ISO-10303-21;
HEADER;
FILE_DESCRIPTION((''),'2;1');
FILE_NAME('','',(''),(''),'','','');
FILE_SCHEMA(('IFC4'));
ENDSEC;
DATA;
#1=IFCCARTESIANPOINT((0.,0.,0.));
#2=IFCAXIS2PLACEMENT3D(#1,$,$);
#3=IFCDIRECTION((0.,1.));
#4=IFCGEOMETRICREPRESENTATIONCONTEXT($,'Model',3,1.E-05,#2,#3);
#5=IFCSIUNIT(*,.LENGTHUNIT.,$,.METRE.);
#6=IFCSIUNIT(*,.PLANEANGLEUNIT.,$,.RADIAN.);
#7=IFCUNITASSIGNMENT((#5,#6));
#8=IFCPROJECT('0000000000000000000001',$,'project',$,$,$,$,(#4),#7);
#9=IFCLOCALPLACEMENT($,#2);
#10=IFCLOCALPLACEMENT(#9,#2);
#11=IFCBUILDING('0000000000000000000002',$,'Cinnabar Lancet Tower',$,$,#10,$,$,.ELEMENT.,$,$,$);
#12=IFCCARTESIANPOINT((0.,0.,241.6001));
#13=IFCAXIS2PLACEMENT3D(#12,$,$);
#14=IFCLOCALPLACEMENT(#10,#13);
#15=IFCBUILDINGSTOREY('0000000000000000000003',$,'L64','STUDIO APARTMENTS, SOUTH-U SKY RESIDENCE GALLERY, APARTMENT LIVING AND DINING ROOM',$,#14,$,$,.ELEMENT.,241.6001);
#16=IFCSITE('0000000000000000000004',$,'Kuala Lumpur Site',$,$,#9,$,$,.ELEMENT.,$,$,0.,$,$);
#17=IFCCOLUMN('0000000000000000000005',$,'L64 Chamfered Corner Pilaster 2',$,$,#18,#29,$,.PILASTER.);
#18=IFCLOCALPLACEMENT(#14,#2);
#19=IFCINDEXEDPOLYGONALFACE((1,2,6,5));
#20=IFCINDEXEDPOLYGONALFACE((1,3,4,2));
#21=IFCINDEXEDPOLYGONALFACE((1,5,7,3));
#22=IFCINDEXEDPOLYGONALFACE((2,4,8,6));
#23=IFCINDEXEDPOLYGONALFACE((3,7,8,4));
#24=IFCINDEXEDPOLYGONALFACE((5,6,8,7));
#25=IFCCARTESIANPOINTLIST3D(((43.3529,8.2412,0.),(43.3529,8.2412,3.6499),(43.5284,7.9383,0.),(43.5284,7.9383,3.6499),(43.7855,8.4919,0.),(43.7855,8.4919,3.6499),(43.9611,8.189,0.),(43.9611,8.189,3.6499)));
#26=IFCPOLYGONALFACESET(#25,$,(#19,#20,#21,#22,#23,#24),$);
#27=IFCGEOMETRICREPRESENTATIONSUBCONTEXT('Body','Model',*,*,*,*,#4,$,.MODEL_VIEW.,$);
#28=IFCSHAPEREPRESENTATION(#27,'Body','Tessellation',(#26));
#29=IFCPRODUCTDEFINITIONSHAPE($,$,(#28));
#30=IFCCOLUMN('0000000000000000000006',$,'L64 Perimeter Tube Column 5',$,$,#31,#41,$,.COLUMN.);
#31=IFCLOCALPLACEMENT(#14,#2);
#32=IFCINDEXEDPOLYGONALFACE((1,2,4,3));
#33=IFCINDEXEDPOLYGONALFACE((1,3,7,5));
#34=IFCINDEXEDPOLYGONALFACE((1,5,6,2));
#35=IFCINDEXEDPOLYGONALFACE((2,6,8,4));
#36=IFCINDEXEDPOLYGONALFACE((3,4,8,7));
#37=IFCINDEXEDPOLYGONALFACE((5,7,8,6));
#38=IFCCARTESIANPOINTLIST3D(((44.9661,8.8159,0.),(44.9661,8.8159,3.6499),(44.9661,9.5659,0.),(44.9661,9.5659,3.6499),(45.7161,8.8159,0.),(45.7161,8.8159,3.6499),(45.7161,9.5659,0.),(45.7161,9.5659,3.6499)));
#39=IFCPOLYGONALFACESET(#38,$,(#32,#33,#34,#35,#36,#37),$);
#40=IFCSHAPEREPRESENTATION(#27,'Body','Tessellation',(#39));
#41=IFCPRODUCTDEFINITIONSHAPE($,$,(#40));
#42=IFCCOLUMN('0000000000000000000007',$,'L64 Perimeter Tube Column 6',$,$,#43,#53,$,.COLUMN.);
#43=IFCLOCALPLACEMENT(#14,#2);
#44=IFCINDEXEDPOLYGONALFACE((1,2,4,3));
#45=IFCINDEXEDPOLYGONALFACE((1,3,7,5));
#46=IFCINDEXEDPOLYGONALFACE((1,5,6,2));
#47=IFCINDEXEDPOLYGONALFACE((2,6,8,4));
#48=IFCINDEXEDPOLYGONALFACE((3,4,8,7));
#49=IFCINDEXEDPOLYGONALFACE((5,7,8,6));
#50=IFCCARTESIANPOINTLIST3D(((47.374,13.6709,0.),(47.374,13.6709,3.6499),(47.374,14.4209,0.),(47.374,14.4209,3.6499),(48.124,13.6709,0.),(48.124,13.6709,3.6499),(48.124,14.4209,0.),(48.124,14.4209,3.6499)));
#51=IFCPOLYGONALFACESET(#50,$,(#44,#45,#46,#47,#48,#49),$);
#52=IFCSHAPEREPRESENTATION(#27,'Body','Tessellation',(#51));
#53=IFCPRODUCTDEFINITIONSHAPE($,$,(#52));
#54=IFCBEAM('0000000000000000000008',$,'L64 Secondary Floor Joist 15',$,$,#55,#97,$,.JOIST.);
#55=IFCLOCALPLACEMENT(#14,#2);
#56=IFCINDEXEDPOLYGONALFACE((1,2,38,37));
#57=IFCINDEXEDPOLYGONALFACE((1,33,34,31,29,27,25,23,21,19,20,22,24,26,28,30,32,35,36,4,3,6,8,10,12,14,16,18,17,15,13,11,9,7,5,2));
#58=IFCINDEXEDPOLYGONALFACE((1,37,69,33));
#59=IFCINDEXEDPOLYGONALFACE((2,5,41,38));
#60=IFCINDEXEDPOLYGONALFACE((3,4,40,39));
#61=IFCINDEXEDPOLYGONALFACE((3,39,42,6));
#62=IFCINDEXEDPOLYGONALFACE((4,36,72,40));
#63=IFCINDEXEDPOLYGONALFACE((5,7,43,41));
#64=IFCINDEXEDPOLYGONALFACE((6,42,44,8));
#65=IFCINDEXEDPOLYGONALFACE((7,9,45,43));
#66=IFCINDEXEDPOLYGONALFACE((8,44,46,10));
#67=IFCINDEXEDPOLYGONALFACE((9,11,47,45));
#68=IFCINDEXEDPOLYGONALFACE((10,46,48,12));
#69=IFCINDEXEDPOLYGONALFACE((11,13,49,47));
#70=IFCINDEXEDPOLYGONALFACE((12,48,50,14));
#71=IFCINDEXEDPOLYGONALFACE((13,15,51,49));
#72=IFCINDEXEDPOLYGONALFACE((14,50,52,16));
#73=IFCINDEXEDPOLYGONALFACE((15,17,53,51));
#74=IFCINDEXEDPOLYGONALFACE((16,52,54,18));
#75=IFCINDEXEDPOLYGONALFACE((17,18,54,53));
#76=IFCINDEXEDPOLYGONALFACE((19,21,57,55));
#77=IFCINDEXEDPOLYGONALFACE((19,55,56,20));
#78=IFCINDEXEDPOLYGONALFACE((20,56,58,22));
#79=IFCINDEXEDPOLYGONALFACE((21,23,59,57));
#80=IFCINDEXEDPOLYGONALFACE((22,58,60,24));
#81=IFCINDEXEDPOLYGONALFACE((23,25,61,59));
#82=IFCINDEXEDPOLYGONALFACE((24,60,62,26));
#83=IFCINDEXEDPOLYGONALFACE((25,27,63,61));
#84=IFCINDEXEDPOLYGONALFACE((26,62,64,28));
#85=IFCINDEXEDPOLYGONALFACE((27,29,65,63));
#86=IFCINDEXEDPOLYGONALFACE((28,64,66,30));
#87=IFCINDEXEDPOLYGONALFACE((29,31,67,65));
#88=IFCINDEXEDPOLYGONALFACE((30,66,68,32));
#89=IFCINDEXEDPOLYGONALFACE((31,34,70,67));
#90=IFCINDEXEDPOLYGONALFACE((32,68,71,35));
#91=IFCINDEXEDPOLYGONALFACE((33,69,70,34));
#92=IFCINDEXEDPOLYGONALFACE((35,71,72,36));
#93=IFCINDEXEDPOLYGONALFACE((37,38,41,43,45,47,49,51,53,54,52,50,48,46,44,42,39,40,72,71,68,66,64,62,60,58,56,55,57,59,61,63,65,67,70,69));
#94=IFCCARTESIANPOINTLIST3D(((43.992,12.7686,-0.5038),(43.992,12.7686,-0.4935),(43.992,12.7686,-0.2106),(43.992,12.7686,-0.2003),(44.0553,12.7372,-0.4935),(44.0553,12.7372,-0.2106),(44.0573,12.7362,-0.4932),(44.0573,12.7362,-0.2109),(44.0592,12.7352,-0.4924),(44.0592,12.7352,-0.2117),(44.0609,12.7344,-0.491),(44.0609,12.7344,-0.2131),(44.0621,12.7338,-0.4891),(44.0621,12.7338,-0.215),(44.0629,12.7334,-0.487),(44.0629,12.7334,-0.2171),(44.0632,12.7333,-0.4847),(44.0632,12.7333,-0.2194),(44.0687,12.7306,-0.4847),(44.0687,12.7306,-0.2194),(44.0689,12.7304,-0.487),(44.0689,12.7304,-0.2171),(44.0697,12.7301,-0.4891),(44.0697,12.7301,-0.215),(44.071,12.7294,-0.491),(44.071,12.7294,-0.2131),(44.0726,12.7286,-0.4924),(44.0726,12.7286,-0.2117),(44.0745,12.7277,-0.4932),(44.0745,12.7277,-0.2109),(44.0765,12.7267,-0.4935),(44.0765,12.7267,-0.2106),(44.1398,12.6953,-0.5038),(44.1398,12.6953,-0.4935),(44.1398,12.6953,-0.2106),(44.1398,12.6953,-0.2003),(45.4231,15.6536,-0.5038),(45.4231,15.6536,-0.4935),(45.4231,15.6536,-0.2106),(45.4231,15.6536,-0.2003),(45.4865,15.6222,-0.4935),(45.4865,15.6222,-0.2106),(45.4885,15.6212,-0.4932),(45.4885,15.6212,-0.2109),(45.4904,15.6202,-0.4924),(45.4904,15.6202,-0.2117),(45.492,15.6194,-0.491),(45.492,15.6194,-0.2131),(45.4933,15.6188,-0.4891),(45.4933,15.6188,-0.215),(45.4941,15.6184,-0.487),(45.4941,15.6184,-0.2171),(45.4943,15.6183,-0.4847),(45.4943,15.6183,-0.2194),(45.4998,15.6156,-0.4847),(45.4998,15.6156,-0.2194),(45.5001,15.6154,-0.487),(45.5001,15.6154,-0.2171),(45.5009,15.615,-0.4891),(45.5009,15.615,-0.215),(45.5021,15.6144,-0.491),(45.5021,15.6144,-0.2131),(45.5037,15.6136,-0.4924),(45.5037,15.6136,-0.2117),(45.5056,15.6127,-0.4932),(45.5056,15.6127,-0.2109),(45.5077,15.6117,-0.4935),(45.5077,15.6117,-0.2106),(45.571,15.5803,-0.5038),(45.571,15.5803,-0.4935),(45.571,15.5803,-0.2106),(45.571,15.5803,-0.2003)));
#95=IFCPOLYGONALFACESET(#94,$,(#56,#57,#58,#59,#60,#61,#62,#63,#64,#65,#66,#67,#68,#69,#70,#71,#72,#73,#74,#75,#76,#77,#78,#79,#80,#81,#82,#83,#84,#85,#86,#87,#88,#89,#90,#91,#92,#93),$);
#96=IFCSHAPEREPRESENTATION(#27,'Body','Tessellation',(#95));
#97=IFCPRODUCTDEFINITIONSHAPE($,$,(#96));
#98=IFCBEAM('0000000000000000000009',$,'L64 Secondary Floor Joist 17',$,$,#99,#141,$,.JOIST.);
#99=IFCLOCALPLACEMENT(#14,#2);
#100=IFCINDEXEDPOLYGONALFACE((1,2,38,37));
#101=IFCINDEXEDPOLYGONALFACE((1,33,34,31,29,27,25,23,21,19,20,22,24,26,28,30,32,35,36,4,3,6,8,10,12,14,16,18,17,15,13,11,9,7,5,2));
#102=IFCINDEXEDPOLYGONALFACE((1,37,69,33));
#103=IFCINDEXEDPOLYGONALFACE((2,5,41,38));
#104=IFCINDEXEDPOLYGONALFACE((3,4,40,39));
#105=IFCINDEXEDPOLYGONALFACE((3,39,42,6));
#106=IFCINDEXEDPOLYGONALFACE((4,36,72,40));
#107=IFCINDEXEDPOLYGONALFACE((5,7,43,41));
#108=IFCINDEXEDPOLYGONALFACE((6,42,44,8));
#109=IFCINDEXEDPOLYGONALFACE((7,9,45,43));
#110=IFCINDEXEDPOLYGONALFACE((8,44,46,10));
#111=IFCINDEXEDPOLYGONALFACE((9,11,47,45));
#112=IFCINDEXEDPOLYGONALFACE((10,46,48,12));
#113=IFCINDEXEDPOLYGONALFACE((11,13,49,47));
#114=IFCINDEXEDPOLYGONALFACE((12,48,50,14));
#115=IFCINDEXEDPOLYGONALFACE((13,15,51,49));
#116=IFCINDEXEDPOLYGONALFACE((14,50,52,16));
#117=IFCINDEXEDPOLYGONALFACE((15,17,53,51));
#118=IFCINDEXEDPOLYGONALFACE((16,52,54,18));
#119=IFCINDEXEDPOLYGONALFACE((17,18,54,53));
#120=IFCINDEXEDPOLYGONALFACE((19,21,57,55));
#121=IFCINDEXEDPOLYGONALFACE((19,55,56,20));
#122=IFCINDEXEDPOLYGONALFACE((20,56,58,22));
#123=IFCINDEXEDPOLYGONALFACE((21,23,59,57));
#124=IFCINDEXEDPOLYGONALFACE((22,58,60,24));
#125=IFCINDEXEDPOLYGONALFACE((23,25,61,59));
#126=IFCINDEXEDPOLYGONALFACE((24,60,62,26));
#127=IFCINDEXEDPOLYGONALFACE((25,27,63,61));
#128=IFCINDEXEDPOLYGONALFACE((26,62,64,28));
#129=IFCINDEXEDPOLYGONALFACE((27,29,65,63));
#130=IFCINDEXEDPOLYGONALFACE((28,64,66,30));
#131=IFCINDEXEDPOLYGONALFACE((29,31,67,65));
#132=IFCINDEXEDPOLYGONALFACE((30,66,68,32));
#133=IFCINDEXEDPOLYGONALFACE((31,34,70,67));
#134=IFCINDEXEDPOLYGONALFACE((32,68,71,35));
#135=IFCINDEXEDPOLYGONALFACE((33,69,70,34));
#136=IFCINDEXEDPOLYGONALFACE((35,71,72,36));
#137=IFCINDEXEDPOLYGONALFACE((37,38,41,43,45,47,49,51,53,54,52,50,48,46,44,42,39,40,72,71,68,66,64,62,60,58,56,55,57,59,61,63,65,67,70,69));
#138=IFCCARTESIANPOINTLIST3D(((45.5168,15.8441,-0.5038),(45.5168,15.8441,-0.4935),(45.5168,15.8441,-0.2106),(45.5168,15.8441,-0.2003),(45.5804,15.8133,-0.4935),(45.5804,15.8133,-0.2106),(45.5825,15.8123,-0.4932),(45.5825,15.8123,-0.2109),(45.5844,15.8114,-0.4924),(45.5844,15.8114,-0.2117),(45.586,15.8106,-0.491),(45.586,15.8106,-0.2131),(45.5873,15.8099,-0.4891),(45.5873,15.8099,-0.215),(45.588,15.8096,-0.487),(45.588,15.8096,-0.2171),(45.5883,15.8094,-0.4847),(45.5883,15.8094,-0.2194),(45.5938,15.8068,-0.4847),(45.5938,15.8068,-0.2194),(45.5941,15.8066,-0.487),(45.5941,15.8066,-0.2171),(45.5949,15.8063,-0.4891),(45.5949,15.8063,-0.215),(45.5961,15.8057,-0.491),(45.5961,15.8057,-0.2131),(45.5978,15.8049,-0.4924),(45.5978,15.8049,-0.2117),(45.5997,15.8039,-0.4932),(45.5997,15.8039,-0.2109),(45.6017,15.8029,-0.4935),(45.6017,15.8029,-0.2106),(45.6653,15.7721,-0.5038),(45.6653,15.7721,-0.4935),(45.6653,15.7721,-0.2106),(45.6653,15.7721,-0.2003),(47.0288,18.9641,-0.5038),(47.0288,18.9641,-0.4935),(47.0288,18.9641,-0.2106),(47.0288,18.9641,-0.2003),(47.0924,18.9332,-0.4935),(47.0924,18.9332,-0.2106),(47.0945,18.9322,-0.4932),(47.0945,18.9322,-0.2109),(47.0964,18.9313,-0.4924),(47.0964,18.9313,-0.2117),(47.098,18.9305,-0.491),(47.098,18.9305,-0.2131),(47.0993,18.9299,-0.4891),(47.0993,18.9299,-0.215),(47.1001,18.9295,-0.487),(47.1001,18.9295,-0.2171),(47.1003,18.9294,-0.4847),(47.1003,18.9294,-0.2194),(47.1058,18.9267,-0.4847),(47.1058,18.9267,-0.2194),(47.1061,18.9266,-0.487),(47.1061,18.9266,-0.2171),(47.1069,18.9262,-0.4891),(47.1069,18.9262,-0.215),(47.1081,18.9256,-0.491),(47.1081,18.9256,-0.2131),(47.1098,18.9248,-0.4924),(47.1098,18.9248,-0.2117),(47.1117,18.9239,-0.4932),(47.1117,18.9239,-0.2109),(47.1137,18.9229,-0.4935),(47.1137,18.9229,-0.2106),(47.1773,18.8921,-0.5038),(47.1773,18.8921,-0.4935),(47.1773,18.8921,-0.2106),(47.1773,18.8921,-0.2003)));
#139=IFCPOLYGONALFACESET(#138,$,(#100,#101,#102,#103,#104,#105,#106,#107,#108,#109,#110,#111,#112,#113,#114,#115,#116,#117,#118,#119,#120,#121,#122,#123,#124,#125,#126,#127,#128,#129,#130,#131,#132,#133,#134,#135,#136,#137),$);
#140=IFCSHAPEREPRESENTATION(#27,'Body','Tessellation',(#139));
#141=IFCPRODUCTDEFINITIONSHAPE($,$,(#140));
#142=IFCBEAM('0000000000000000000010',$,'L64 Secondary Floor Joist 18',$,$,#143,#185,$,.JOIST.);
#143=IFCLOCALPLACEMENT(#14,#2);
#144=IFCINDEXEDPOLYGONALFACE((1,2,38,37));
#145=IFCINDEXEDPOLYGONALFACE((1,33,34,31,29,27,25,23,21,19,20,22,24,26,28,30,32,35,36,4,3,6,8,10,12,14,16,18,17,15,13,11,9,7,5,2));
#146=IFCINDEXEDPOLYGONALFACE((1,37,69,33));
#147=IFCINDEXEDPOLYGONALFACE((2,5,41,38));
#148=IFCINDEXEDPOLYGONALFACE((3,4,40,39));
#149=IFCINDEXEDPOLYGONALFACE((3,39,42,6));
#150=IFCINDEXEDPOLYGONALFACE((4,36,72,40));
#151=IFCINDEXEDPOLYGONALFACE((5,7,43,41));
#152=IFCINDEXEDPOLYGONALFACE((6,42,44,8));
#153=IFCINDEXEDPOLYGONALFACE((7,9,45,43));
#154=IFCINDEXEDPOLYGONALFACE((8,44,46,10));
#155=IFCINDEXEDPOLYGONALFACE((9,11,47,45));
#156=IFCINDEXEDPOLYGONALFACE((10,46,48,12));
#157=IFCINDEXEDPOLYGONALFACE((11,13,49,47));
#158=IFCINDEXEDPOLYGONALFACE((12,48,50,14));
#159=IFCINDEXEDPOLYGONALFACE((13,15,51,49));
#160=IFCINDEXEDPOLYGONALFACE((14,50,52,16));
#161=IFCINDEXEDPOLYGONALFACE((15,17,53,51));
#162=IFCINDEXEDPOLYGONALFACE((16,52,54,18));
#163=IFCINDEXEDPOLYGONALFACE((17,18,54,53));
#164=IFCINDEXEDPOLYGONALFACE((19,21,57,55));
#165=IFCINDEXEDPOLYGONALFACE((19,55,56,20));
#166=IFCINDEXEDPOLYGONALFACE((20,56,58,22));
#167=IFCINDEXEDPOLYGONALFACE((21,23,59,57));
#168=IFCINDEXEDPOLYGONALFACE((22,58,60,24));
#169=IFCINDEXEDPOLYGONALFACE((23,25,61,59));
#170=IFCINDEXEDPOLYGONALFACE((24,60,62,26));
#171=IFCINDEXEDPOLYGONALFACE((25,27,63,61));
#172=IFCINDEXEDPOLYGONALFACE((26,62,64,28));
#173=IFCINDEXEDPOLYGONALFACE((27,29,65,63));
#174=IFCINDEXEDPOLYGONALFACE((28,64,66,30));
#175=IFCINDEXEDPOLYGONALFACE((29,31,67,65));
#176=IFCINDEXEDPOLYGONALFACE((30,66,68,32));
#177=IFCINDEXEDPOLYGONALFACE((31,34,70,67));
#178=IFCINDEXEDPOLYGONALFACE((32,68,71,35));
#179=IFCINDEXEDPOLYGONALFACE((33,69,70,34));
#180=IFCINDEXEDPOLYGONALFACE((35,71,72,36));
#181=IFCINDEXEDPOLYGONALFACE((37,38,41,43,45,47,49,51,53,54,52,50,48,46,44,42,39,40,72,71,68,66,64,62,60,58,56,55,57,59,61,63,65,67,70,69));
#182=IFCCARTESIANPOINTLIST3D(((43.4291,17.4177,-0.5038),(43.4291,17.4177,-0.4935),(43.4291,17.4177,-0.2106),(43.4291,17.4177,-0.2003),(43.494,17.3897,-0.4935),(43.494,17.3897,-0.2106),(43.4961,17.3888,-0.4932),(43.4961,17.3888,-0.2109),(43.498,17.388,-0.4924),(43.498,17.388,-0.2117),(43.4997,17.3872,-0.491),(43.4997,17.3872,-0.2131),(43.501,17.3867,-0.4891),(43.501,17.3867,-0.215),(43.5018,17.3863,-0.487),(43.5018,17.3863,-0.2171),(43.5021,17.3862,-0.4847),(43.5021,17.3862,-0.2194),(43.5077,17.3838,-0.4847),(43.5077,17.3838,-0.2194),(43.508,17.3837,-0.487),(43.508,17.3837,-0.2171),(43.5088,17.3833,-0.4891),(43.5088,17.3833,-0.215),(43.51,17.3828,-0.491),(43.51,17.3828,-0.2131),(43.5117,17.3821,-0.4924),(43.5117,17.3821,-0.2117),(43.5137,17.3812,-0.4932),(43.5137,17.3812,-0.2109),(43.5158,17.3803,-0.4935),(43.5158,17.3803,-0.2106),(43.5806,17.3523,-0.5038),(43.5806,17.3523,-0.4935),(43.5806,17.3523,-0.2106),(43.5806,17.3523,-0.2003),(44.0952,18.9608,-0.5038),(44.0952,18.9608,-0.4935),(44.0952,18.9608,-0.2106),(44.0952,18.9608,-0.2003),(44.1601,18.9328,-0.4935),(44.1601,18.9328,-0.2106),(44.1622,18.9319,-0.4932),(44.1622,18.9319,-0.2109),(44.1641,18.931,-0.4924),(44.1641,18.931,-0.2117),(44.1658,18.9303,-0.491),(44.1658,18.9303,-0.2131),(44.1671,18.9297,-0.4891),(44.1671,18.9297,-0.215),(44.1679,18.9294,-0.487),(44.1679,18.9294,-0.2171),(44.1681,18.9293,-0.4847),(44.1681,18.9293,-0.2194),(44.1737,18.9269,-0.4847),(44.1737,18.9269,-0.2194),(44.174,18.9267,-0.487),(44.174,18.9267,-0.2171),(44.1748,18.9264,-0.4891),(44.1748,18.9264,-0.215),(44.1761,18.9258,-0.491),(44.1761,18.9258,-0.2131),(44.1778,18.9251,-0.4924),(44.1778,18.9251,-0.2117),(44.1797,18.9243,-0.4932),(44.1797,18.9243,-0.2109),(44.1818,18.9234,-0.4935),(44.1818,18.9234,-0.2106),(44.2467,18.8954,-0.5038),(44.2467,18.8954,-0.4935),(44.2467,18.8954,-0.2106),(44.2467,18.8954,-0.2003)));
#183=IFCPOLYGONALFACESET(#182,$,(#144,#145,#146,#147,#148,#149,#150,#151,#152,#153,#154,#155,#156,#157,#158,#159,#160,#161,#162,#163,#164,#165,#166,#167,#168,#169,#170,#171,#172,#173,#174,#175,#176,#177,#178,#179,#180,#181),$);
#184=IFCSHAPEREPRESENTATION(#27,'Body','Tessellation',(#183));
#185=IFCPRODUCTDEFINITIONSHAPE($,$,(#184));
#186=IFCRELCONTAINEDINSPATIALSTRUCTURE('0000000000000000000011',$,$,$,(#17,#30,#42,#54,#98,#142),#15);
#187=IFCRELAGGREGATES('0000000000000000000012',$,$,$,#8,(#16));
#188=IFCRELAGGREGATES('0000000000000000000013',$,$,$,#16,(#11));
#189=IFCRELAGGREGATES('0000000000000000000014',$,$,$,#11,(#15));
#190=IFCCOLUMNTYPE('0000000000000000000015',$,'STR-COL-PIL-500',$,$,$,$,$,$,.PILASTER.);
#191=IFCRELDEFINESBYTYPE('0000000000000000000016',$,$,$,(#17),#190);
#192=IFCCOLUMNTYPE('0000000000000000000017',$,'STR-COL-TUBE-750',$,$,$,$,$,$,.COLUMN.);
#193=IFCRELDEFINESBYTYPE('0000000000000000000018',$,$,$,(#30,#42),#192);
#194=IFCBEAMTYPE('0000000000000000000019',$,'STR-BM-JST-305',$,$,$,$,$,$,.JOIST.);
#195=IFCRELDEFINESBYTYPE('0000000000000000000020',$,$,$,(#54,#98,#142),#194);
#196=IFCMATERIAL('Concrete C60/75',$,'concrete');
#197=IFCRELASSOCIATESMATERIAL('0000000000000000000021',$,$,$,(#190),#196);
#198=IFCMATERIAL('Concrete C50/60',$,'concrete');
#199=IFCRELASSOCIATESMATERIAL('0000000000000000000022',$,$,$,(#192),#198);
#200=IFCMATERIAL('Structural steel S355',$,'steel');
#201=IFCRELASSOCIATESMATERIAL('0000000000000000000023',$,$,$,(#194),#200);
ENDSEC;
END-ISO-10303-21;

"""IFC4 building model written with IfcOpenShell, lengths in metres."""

from ifc_helpers import new_model, si_unit, direction, frame, origin, origin_2d, place, context, subcontext, project, spatial, rectangle, i_section, extrude, material, material_profile, profile_set, type_object, element, save


model = new_model("IFC4")

# Units and contexts
model_context = context("Model", 3, precision=1e-05, world=origin(), true_north=direction((0.0, 1.0)))
body_context = subcontext(model_context, "Body", "Model", "MODEL_VIEW")
ifc_project = project(units=[si_unit("LENGTHUNIT", "METRE"), si_unit("PLANEANGLEUNIT", "RADIAN")], contexts=[model_context])

# Site, building, storey
site_placement = place(None, origin())
site = spatial("IfcSite", under=ifc_project, at=site_placement, Name="Kuala Lumpur Site", CompositionType="ELEMENT", RefElevation=0.0)
building_placement = place(site_placement, origin())
building = spatial("IfcBuilding", under=site, at=building_placement, Name="Cinnabar Lancet Tower", CompositionType="ELEMENT")
storey_placement = place(building_placement, frame((0.0, 0.0, 241.6001)))
storey = spatial("IfcBuildingStorey", under=building, at=storey_placement, Name="L64", Description="STUDIO APARTMENTS, SOUTH-U SKY RESIDENCE GALLERY, APARTMENT LIVING AND DINING ROOM", CompositionType="ELEMENT", Elevation=241.6001)

# Columns
ifc_material_1 = material(Name="Concrete C60/75", Category="concrete")
ifc_material_profile_1 = material_profile(ifc_material_1, rectangle(XDim=0.5, YDim=0.3501, at=origin_2d()), Name="RC-PIL 500x350")
ifc_profile_set_1 = profile_set([ifc_material_profile_1], Name="Concrete C60/75")
column_type_1 = type_object("IfcColumnType", Name="STR-COL-PIL-500", PredefinedType="PILASTER", material=ifc_profile_set_1)
column_placement = place(storey_placement, frame((43.657, 8.2151, 0.0), z_axis=(0.0, 0.0, 1.0), x_axis=(0.865256, 0.50133, 0.0)))
element("IfcColumn", 1, at=column_placement, inside=storey, type_object=column_type_1, Name="L64 Chamfered Corner Pilaster 2", PredefinedType="PILASTER", context=body_context, shape_type="SweptSolid", body=[
    extrude(rectangle(XDim=0.5, YDim=0.3501, at=origin_2d()), origin(), (0.0, 0.0, 1.0), 3.6499),
])
ifc_material_2 = material(Name="Concrete C50/60", Category="concrete")
ifc_material_profile_2 = material_profile(ifc_material_2, rectangle(XDim=0.75, YDim=0.75, at=origin_2d()), Name="RC-COL 750x750")
ifc_profile_set_2 = profile_set([ifc_material_profile_2], Name="Concrete C50/60")
column_type_2 = type_object("IfcColumnType", Name="STR-COL-TUBE-750", PredefinedType="COLUMN", material=ifc_profile_set_2)
for number, where, z_axis, x_axis, name in (
    (2, (45.3411, 9.1909, 0.0), (0.0, 0.0, 1.0), (1.0, 0.0, 0.0), "L64 Perimeter Tube Column 5"),
    (3, (47.749, 14.0459, 0.0), (0.0, 0.0, 1.0), (1.0, 0.0, 0.0), "L64 Perimeter Tube Column 6"),
):
    element("IfcColumn", number, at=place(storey_placement, frame(where, z_axis=z_axis, x_axis=x_axis)), inside=storey, type_object=column_type_2, Name=name, PredefinedType="COLUMN", context=body_context, shape_type="SweptSolid", body=[
        extrude(rectangle(XDim=0.75, YDim=0.75, at=origin_2d()), origin(), (0.0, 0.0, 1.0), 3.6499),
    ])

# Beams
ifc_material_3 = material(Name="Structural steel S355", Category="steel")
ifc_material_profile_3 = material_profile(ifc_material_3, i_section(OverallWidth=0.165, OverallDepth=0.3035, WebThickness=0.0061, FlangeThickness=0.0103, FilletRadius=0.0088, at=origin_2d()), Name="UKB 305x165x40")
ifc_profile_set_3 = profile_set([ifc_material_profile_3], Name="Structural steel S355")
beam_type_1 = type_object("IfcBeamType", Name="STR-BM-JST-305", PredefinedType="JOIST", material=ifc_profile_set_3)
beam_1_placement = place(storey_placement, frame((44.0659, 12.7319, -0.3521), z_axis=(0.444391, 0.895833, 0.0), x_axis=(-0.895833, 0.444391, 0.0)))
element("IfcBeam", 4, at=beam_1_placement, inside=storey, type_object=beam_type_1, Name="L64 Secondary Floor Joist 15", PredefinedType="JOIST", context=body_context, shape_type="SweptSolid", body=[
    extrude(i_section(OverallWidth=0.165, OverallDepth=0.3035, WebThickness=0.0061, FlangeThickness=0.0103, FilletRadius=0.0088, at=origin_2d()), origin(), (0.0, 0.0, 1.0), 3.2205),
])
beam_2_placement = place(storey_placement, frame((45.5911, 15.8081, -0.3521), z_axis=(0.436109, 0.899894, 0.0), x_axis=(-0.899894, 0.436109, 0.0)))
element("IfcBeam", 5, at=beam_2_placement, inside=storey, type_object=beam_type_1, Name="L64 Secondary Floor Joist 17", PredefinedType="JOIST", context=body_context, shape_type="SweptSolid", body=[
    extrude(i_section(OverallWidth=0.165, OverallDepth=0.3035, WebThickness=0.0061, FlangeThickness=0.0103, FilletRadius=0.0088, at=origin_2d()), origin(), (0.0, 0.0, 1.0), 3.467),
])
beam_3_placement = place(storey_placement, frame((43.5049, 17.385, -0.3521), z_axis=(0.396302, 0.91812, 0.0), x_axis=(-0.91812, 0.396302, 0.0)))
element("IfcBeam", 6, at=beam_3_placement, inside=storey, type_object=beam_type_1, Name="L64 Secondary Floor Joist 18", PredefinedType="JOIST", context=body_context, shape_type="SweptSolid", body=[
    extrude(i_section(OverallWidth=0.165, OverallDepth=0.3035, WebThickness=0.0061, FlangeThickness=0.0103, FilletRadius=0.0088, at=origin_2d()), origin(), (0.0, 0.0, 1.0), 1.6807),
])

save(model, "model.ifc")
